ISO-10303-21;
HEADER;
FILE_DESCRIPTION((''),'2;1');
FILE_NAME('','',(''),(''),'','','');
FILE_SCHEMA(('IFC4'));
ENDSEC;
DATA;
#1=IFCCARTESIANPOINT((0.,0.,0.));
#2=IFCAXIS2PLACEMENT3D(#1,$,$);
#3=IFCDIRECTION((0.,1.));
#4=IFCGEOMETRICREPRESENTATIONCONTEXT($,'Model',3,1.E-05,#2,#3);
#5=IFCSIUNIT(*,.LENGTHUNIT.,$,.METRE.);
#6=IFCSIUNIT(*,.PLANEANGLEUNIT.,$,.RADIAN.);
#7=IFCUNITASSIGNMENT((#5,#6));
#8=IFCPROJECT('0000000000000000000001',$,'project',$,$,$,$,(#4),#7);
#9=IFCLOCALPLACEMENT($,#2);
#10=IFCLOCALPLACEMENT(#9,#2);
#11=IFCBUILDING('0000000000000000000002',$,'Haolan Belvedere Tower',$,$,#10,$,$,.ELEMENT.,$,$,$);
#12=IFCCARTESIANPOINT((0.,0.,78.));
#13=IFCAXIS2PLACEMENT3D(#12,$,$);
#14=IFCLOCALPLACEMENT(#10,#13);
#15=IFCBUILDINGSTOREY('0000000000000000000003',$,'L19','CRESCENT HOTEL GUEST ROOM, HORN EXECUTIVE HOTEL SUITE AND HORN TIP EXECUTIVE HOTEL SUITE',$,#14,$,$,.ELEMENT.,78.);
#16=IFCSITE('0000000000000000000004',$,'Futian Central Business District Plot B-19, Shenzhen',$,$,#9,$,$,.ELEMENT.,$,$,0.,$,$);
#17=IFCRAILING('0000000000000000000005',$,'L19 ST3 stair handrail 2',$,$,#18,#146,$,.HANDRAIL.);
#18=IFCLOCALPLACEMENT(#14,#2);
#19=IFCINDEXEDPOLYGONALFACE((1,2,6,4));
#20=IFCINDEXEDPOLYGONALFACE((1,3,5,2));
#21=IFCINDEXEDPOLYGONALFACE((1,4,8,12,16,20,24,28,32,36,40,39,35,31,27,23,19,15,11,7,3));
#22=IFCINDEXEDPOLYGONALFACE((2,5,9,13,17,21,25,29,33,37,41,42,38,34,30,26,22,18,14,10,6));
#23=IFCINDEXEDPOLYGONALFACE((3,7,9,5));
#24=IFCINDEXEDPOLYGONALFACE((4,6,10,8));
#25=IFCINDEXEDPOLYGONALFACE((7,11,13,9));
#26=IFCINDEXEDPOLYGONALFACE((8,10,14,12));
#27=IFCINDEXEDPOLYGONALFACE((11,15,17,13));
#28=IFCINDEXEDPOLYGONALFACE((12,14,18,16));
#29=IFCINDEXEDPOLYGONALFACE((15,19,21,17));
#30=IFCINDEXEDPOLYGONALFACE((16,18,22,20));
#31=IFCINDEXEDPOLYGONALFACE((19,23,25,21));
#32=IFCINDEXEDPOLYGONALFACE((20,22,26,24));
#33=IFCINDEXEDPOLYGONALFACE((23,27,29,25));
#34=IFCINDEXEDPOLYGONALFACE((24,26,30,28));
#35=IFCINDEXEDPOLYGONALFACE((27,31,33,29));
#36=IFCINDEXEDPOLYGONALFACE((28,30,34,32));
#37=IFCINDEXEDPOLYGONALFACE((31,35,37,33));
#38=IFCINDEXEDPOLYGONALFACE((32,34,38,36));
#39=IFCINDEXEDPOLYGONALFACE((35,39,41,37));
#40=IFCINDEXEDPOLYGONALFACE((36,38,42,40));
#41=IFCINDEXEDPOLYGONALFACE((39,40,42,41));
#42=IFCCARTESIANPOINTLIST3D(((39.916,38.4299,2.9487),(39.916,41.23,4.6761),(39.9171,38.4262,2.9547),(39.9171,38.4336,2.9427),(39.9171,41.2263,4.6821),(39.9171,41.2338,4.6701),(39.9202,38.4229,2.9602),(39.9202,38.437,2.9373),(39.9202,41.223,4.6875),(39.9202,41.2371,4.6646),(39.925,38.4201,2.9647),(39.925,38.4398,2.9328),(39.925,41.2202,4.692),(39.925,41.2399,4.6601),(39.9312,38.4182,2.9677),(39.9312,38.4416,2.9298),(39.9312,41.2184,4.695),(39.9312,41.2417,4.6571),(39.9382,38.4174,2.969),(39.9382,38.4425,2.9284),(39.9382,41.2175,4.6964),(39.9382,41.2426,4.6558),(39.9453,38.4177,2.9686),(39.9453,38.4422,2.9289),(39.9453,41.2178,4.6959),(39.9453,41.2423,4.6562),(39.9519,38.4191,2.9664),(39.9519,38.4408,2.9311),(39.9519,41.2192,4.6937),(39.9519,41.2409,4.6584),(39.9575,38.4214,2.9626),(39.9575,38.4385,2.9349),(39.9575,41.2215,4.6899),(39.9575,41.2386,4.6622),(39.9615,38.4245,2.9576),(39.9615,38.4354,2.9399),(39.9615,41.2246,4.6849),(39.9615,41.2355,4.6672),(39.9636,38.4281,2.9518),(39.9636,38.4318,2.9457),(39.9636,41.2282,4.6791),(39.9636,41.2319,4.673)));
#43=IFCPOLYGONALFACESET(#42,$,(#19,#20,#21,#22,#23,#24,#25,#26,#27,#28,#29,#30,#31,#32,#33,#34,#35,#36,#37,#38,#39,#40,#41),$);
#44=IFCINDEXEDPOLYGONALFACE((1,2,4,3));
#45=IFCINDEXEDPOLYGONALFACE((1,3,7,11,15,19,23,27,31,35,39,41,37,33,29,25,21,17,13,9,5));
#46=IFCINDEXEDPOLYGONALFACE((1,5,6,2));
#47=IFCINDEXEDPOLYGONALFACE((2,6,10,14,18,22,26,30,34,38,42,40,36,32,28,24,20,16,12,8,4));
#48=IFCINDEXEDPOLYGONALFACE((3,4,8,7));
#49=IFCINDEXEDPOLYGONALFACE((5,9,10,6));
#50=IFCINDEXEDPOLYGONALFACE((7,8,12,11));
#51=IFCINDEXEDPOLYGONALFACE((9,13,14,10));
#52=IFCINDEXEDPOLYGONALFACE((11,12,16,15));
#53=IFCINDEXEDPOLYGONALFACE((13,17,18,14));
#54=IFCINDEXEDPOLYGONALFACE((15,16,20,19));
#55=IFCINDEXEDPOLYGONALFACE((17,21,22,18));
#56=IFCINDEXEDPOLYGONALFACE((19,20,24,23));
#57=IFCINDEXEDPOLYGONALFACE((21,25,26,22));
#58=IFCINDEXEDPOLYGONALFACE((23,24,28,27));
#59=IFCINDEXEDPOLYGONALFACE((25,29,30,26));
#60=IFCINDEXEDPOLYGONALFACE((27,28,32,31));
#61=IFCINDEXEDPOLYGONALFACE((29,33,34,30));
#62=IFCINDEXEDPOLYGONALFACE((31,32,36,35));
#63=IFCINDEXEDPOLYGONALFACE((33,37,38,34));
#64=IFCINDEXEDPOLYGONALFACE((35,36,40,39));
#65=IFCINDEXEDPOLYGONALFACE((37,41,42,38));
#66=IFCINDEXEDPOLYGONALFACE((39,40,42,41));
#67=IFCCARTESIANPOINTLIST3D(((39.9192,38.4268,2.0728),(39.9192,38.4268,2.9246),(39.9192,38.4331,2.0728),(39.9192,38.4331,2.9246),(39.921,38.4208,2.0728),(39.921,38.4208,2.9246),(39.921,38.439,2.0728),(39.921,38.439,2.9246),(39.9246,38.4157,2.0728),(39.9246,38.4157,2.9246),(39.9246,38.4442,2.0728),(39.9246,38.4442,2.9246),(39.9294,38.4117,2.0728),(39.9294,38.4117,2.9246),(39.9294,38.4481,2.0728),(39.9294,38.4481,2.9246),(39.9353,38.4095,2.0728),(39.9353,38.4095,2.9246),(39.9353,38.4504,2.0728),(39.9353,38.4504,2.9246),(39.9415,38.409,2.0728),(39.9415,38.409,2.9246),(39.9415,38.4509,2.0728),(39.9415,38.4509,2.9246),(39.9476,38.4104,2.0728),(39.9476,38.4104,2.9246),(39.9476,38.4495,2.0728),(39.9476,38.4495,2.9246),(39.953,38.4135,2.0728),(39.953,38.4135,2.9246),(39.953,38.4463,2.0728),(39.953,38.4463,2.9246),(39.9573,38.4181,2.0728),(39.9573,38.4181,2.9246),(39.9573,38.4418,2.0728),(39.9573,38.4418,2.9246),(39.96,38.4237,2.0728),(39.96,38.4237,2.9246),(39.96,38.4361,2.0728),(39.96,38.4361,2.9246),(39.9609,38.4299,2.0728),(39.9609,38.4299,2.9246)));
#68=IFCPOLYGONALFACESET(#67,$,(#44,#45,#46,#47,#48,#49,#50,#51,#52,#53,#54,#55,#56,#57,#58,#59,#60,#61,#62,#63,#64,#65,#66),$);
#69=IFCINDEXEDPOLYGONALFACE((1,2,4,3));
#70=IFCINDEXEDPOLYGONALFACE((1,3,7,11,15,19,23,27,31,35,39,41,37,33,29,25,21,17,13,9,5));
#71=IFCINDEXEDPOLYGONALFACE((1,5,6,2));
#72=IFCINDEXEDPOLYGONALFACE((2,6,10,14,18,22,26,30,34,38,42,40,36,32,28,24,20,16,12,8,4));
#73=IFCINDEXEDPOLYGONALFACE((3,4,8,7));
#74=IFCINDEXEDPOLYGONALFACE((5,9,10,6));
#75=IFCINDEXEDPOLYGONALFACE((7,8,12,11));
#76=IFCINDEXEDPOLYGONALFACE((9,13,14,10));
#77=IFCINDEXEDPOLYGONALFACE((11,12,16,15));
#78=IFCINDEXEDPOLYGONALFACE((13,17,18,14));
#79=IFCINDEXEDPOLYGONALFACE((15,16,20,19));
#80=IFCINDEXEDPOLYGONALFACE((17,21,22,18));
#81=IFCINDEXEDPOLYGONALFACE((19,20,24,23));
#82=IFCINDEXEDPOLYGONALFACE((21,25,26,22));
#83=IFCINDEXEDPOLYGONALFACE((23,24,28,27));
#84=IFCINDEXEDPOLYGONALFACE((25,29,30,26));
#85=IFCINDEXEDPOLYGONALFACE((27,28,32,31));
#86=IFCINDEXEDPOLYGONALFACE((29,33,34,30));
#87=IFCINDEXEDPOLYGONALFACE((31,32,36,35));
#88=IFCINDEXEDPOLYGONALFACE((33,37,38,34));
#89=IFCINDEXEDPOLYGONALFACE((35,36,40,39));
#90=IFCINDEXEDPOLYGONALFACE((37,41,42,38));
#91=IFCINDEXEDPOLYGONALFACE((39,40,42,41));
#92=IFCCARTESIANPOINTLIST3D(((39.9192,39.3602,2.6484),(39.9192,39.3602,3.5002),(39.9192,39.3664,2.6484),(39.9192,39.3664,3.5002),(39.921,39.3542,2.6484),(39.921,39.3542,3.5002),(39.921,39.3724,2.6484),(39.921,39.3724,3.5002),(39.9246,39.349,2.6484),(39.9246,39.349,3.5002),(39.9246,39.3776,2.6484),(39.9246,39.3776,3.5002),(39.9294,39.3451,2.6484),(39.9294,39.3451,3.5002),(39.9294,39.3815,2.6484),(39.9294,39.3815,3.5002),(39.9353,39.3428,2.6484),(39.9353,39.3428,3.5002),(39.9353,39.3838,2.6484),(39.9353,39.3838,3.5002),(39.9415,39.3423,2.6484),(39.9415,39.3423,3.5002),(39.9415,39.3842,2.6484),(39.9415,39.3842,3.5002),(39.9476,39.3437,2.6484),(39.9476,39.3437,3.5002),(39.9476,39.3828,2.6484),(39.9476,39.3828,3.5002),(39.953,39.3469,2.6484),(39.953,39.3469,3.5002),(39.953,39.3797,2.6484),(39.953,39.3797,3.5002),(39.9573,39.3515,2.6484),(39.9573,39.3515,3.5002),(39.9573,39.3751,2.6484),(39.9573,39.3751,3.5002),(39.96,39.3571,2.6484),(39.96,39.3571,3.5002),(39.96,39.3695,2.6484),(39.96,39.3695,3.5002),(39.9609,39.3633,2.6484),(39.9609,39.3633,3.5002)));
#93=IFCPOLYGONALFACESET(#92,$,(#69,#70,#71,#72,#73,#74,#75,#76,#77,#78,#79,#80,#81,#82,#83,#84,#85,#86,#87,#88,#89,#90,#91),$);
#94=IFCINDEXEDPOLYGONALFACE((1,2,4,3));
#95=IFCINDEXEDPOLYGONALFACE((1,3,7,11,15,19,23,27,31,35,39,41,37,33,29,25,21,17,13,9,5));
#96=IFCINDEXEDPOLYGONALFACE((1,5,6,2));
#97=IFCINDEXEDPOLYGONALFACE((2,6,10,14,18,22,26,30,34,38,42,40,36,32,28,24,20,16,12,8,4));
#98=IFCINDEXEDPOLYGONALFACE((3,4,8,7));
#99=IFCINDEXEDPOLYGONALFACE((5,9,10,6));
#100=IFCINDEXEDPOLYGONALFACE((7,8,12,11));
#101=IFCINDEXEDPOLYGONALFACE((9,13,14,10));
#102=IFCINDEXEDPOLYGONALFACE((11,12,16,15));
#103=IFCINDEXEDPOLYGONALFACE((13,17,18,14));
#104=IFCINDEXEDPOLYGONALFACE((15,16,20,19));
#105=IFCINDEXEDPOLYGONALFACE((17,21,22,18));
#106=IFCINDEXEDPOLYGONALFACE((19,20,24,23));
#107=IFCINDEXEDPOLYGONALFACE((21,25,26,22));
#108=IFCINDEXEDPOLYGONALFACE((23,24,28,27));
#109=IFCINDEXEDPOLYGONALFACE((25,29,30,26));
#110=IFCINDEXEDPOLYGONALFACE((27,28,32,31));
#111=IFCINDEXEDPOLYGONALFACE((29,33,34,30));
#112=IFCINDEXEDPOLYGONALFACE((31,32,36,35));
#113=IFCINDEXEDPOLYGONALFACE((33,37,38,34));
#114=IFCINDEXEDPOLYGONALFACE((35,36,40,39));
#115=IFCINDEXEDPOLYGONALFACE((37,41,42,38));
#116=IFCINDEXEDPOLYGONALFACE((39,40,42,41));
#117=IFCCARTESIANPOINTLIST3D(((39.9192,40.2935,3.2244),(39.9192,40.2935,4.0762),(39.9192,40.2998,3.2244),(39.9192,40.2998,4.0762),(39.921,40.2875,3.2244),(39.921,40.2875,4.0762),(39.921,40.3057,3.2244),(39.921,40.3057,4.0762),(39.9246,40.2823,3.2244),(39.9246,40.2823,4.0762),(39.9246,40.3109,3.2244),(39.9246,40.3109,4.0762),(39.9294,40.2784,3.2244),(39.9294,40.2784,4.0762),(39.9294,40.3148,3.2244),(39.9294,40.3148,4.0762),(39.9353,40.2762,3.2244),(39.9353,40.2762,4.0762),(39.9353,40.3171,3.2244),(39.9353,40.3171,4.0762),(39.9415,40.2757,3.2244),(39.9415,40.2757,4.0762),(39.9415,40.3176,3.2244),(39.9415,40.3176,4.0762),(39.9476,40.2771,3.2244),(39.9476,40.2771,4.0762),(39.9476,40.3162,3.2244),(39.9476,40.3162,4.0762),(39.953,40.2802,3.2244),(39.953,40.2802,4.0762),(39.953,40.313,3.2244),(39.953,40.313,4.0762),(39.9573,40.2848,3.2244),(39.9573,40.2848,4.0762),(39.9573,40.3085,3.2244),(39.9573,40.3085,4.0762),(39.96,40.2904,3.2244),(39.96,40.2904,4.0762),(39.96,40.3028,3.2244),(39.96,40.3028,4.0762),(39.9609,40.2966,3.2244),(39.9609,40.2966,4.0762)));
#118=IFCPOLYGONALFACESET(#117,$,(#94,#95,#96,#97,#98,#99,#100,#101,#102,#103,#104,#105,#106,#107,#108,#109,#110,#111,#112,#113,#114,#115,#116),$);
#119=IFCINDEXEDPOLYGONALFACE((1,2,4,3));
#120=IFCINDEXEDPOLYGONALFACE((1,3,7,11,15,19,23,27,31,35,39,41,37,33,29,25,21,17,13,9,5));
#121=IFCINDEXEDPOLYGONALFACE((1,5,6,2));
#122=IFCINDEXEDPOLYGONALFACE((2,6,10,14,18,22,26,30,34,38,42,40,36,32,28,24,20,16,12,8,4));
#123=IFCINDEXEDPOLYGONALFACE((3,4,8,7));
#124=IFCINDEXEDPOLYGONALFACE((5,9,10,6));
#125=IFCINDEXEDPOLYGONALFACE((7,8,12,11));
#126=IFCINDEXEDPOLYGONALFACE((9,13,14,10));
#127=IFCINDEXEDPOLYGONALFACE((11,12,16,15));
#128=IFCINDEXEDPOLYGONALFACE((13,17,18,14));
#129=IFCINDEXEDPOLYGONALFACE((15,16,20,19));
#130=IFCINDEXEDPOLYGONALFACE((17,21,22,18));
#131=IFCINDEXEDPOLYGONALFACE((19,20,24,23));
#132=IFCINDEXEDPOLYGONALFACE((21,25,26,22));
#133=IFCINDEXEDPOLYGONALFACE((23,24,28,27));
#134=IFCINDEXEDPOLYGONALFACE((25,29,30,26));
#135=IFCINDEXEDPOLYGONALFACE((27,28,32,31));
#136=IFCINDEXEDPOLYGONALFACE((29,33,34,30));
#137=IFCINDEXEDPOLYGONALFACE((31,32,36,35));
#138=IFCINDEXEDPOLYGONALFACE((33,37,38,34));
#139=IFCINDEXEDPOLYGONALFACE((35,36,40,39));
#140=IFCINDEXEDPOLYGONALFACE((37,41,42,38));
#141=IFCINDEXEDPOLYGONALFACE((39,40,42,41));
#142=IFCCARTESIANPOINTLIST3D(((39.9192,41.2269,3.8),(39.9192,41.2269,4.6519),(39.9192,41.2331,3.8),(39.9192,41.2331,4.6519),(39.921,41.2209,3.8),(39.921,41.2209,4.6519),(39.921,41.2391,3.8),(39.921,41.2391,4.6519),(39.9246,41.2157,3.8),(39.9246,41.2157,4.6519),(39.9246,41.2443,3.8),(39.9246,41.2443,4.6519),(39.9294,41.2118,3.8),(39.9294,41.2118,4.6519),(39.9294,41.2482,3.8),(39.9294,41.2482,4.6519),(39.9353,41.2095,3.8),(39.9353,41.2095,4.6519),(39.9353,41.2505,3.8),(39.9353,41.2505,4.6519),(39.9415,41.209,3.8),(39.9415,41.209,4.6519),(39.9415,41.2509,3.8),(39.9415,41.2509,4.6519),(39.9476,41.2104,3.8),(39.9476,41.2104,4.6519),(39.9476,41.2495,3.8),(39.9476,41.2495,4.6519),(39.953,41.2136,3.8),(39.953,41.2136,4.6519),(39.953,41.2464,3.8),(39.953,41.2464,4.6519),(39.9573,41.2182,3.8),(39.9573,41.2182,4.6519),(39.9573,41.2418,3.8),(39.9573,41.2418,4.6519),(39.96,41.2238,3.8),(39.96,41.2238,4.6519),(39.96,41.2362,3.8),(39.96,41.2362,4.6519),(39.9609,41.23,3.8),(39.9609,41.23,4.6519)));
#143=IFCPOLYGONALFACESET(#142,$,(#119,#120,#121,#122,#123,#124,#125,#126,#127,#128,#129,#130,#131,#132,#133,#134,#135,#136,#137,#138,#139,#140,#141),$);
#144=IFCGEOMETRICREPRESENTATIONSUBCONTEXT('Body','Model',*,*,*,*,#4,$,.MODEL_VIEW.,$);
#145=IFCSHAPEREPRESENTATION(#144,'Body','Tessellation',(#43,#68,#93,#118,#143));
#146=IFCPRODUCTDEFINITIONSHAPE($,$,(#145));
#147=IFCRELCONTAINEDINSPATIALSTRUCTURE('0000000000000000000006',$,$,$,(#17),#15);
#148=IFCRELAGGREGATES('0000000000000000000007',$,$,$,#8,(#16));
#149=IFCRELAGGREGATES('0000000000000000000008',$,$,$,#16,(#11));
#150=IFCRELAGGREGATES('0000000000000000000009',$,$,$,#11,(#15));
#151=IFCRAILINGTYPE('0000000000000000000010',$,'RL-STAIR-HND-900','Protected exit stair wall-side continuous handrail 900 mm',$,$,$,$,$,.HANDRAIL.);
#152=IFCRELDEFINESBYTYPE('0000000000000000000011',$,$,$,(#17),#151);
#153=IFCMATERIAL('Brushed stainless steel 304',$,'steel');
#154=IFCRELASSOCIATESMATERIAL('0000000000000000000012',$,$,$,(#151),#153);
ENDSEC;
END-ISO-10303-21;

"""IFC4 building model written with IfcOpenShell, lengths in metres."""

from ifc_helpers import new_model, si_unit, direction, frame, origin, origin_2d, place, context, subcontext, project, spatial, circle, extrude, material, type_object, element, save


model = new_model("IFC4")

# Units and contexts
model_context = context("Model", 3, precision=1e-05, world=origin(), true_north=direction((0.0, 1.0)))
body_context = subcontext(model_context, "Body", "Model", "MODEL_VIEW")
ifc_project = project(units=[si_unit("LENGTHUNIT", "METRE"), si_unit("PLANEANGLEUNIT", "RADIAN")], contexts=[model_context])

# Site, building, storey
site_placement = place(None, origin())
site = spatial("IfcSite", under=ifc_project, at=site_placement, Name="Futian Central Business District Plot B-19, Shenzhen", CompositionType="ELEMENT", RefElevation=0.0)
building_placement = place(site_placement, origin())
building = spatial("IfcBuilding", under=site, at=building_placement, Name="Haolan Belvedere Tower", CompositionType="ELEMENT")
storey_placement = place(building_placement, frame((0.0, 0.0, 78.0)))
storey = spatial("IfcBuildingStorey", under=building, at=storey_placement, Name="L19", Description="CRESCENT HOTEL GUEST ROOM, HORN EXECUTIVE HOTEL SUITE AND HORN TIP EXECUTIVE HOTEL SUITE", CompositionType="ELEMENT", Elevation=78.0)

# Railing
ifc_material_1 = material(Name="Brushed stainless steel 304", Category="steel")
railing_type_1 = type_object("IfcRailingType", Name="RL-STAIR-HND-900", Description="Protected exit stair wall-side continuous handrail 900 mm", PredefinedType="HANDRAIL", material=ifc_material_1)
railing_1_placement = place(storey_placement, frame((39.9399, 38.4299, 2.0728)))
element("IfcRailing", 1, at=railing_1_placement, inside=storey, type_object=railing_type_1, Name="L19 ST3 stair handrail 2", PredefinedType="HANDRAIL", context=body_context, shape_type="SweptSolid", body=[
    extrude(circle(Radius=0.0239, at=origin_2d()), frame((0.0, 0.0, 0.876), z_axis=(0.0, 0.85109, 0.52502), x_axis=(-1.0, 0.0, 0.0)), (0.0, 0.0, 1.0), 3.29),
    extrude(circle(Radius=0.021, at=origin_2d()), origin(), (0.0, 0.0, 1.0), 0.8518),
    extrude(circle(Radius=0.021, at=origin_2d()), frame((0.0, 0.9333, 0.5757)), (0.0, 0.0, 1.0), 0.8518),
    extrude(circle(Radius=0.021, at=origin_2d()), frame((0.0, 1.8667, 1.1516)), (0.0, 0.0, 1.0), 0.8518),
    extrude(circle(Radius=0.021, at=origin_2d()), frame((0.0, 2.8, 1.7273)), (0.0, 0.0, 1.0), 0.8518),
])

save(model, "model.ifc")
